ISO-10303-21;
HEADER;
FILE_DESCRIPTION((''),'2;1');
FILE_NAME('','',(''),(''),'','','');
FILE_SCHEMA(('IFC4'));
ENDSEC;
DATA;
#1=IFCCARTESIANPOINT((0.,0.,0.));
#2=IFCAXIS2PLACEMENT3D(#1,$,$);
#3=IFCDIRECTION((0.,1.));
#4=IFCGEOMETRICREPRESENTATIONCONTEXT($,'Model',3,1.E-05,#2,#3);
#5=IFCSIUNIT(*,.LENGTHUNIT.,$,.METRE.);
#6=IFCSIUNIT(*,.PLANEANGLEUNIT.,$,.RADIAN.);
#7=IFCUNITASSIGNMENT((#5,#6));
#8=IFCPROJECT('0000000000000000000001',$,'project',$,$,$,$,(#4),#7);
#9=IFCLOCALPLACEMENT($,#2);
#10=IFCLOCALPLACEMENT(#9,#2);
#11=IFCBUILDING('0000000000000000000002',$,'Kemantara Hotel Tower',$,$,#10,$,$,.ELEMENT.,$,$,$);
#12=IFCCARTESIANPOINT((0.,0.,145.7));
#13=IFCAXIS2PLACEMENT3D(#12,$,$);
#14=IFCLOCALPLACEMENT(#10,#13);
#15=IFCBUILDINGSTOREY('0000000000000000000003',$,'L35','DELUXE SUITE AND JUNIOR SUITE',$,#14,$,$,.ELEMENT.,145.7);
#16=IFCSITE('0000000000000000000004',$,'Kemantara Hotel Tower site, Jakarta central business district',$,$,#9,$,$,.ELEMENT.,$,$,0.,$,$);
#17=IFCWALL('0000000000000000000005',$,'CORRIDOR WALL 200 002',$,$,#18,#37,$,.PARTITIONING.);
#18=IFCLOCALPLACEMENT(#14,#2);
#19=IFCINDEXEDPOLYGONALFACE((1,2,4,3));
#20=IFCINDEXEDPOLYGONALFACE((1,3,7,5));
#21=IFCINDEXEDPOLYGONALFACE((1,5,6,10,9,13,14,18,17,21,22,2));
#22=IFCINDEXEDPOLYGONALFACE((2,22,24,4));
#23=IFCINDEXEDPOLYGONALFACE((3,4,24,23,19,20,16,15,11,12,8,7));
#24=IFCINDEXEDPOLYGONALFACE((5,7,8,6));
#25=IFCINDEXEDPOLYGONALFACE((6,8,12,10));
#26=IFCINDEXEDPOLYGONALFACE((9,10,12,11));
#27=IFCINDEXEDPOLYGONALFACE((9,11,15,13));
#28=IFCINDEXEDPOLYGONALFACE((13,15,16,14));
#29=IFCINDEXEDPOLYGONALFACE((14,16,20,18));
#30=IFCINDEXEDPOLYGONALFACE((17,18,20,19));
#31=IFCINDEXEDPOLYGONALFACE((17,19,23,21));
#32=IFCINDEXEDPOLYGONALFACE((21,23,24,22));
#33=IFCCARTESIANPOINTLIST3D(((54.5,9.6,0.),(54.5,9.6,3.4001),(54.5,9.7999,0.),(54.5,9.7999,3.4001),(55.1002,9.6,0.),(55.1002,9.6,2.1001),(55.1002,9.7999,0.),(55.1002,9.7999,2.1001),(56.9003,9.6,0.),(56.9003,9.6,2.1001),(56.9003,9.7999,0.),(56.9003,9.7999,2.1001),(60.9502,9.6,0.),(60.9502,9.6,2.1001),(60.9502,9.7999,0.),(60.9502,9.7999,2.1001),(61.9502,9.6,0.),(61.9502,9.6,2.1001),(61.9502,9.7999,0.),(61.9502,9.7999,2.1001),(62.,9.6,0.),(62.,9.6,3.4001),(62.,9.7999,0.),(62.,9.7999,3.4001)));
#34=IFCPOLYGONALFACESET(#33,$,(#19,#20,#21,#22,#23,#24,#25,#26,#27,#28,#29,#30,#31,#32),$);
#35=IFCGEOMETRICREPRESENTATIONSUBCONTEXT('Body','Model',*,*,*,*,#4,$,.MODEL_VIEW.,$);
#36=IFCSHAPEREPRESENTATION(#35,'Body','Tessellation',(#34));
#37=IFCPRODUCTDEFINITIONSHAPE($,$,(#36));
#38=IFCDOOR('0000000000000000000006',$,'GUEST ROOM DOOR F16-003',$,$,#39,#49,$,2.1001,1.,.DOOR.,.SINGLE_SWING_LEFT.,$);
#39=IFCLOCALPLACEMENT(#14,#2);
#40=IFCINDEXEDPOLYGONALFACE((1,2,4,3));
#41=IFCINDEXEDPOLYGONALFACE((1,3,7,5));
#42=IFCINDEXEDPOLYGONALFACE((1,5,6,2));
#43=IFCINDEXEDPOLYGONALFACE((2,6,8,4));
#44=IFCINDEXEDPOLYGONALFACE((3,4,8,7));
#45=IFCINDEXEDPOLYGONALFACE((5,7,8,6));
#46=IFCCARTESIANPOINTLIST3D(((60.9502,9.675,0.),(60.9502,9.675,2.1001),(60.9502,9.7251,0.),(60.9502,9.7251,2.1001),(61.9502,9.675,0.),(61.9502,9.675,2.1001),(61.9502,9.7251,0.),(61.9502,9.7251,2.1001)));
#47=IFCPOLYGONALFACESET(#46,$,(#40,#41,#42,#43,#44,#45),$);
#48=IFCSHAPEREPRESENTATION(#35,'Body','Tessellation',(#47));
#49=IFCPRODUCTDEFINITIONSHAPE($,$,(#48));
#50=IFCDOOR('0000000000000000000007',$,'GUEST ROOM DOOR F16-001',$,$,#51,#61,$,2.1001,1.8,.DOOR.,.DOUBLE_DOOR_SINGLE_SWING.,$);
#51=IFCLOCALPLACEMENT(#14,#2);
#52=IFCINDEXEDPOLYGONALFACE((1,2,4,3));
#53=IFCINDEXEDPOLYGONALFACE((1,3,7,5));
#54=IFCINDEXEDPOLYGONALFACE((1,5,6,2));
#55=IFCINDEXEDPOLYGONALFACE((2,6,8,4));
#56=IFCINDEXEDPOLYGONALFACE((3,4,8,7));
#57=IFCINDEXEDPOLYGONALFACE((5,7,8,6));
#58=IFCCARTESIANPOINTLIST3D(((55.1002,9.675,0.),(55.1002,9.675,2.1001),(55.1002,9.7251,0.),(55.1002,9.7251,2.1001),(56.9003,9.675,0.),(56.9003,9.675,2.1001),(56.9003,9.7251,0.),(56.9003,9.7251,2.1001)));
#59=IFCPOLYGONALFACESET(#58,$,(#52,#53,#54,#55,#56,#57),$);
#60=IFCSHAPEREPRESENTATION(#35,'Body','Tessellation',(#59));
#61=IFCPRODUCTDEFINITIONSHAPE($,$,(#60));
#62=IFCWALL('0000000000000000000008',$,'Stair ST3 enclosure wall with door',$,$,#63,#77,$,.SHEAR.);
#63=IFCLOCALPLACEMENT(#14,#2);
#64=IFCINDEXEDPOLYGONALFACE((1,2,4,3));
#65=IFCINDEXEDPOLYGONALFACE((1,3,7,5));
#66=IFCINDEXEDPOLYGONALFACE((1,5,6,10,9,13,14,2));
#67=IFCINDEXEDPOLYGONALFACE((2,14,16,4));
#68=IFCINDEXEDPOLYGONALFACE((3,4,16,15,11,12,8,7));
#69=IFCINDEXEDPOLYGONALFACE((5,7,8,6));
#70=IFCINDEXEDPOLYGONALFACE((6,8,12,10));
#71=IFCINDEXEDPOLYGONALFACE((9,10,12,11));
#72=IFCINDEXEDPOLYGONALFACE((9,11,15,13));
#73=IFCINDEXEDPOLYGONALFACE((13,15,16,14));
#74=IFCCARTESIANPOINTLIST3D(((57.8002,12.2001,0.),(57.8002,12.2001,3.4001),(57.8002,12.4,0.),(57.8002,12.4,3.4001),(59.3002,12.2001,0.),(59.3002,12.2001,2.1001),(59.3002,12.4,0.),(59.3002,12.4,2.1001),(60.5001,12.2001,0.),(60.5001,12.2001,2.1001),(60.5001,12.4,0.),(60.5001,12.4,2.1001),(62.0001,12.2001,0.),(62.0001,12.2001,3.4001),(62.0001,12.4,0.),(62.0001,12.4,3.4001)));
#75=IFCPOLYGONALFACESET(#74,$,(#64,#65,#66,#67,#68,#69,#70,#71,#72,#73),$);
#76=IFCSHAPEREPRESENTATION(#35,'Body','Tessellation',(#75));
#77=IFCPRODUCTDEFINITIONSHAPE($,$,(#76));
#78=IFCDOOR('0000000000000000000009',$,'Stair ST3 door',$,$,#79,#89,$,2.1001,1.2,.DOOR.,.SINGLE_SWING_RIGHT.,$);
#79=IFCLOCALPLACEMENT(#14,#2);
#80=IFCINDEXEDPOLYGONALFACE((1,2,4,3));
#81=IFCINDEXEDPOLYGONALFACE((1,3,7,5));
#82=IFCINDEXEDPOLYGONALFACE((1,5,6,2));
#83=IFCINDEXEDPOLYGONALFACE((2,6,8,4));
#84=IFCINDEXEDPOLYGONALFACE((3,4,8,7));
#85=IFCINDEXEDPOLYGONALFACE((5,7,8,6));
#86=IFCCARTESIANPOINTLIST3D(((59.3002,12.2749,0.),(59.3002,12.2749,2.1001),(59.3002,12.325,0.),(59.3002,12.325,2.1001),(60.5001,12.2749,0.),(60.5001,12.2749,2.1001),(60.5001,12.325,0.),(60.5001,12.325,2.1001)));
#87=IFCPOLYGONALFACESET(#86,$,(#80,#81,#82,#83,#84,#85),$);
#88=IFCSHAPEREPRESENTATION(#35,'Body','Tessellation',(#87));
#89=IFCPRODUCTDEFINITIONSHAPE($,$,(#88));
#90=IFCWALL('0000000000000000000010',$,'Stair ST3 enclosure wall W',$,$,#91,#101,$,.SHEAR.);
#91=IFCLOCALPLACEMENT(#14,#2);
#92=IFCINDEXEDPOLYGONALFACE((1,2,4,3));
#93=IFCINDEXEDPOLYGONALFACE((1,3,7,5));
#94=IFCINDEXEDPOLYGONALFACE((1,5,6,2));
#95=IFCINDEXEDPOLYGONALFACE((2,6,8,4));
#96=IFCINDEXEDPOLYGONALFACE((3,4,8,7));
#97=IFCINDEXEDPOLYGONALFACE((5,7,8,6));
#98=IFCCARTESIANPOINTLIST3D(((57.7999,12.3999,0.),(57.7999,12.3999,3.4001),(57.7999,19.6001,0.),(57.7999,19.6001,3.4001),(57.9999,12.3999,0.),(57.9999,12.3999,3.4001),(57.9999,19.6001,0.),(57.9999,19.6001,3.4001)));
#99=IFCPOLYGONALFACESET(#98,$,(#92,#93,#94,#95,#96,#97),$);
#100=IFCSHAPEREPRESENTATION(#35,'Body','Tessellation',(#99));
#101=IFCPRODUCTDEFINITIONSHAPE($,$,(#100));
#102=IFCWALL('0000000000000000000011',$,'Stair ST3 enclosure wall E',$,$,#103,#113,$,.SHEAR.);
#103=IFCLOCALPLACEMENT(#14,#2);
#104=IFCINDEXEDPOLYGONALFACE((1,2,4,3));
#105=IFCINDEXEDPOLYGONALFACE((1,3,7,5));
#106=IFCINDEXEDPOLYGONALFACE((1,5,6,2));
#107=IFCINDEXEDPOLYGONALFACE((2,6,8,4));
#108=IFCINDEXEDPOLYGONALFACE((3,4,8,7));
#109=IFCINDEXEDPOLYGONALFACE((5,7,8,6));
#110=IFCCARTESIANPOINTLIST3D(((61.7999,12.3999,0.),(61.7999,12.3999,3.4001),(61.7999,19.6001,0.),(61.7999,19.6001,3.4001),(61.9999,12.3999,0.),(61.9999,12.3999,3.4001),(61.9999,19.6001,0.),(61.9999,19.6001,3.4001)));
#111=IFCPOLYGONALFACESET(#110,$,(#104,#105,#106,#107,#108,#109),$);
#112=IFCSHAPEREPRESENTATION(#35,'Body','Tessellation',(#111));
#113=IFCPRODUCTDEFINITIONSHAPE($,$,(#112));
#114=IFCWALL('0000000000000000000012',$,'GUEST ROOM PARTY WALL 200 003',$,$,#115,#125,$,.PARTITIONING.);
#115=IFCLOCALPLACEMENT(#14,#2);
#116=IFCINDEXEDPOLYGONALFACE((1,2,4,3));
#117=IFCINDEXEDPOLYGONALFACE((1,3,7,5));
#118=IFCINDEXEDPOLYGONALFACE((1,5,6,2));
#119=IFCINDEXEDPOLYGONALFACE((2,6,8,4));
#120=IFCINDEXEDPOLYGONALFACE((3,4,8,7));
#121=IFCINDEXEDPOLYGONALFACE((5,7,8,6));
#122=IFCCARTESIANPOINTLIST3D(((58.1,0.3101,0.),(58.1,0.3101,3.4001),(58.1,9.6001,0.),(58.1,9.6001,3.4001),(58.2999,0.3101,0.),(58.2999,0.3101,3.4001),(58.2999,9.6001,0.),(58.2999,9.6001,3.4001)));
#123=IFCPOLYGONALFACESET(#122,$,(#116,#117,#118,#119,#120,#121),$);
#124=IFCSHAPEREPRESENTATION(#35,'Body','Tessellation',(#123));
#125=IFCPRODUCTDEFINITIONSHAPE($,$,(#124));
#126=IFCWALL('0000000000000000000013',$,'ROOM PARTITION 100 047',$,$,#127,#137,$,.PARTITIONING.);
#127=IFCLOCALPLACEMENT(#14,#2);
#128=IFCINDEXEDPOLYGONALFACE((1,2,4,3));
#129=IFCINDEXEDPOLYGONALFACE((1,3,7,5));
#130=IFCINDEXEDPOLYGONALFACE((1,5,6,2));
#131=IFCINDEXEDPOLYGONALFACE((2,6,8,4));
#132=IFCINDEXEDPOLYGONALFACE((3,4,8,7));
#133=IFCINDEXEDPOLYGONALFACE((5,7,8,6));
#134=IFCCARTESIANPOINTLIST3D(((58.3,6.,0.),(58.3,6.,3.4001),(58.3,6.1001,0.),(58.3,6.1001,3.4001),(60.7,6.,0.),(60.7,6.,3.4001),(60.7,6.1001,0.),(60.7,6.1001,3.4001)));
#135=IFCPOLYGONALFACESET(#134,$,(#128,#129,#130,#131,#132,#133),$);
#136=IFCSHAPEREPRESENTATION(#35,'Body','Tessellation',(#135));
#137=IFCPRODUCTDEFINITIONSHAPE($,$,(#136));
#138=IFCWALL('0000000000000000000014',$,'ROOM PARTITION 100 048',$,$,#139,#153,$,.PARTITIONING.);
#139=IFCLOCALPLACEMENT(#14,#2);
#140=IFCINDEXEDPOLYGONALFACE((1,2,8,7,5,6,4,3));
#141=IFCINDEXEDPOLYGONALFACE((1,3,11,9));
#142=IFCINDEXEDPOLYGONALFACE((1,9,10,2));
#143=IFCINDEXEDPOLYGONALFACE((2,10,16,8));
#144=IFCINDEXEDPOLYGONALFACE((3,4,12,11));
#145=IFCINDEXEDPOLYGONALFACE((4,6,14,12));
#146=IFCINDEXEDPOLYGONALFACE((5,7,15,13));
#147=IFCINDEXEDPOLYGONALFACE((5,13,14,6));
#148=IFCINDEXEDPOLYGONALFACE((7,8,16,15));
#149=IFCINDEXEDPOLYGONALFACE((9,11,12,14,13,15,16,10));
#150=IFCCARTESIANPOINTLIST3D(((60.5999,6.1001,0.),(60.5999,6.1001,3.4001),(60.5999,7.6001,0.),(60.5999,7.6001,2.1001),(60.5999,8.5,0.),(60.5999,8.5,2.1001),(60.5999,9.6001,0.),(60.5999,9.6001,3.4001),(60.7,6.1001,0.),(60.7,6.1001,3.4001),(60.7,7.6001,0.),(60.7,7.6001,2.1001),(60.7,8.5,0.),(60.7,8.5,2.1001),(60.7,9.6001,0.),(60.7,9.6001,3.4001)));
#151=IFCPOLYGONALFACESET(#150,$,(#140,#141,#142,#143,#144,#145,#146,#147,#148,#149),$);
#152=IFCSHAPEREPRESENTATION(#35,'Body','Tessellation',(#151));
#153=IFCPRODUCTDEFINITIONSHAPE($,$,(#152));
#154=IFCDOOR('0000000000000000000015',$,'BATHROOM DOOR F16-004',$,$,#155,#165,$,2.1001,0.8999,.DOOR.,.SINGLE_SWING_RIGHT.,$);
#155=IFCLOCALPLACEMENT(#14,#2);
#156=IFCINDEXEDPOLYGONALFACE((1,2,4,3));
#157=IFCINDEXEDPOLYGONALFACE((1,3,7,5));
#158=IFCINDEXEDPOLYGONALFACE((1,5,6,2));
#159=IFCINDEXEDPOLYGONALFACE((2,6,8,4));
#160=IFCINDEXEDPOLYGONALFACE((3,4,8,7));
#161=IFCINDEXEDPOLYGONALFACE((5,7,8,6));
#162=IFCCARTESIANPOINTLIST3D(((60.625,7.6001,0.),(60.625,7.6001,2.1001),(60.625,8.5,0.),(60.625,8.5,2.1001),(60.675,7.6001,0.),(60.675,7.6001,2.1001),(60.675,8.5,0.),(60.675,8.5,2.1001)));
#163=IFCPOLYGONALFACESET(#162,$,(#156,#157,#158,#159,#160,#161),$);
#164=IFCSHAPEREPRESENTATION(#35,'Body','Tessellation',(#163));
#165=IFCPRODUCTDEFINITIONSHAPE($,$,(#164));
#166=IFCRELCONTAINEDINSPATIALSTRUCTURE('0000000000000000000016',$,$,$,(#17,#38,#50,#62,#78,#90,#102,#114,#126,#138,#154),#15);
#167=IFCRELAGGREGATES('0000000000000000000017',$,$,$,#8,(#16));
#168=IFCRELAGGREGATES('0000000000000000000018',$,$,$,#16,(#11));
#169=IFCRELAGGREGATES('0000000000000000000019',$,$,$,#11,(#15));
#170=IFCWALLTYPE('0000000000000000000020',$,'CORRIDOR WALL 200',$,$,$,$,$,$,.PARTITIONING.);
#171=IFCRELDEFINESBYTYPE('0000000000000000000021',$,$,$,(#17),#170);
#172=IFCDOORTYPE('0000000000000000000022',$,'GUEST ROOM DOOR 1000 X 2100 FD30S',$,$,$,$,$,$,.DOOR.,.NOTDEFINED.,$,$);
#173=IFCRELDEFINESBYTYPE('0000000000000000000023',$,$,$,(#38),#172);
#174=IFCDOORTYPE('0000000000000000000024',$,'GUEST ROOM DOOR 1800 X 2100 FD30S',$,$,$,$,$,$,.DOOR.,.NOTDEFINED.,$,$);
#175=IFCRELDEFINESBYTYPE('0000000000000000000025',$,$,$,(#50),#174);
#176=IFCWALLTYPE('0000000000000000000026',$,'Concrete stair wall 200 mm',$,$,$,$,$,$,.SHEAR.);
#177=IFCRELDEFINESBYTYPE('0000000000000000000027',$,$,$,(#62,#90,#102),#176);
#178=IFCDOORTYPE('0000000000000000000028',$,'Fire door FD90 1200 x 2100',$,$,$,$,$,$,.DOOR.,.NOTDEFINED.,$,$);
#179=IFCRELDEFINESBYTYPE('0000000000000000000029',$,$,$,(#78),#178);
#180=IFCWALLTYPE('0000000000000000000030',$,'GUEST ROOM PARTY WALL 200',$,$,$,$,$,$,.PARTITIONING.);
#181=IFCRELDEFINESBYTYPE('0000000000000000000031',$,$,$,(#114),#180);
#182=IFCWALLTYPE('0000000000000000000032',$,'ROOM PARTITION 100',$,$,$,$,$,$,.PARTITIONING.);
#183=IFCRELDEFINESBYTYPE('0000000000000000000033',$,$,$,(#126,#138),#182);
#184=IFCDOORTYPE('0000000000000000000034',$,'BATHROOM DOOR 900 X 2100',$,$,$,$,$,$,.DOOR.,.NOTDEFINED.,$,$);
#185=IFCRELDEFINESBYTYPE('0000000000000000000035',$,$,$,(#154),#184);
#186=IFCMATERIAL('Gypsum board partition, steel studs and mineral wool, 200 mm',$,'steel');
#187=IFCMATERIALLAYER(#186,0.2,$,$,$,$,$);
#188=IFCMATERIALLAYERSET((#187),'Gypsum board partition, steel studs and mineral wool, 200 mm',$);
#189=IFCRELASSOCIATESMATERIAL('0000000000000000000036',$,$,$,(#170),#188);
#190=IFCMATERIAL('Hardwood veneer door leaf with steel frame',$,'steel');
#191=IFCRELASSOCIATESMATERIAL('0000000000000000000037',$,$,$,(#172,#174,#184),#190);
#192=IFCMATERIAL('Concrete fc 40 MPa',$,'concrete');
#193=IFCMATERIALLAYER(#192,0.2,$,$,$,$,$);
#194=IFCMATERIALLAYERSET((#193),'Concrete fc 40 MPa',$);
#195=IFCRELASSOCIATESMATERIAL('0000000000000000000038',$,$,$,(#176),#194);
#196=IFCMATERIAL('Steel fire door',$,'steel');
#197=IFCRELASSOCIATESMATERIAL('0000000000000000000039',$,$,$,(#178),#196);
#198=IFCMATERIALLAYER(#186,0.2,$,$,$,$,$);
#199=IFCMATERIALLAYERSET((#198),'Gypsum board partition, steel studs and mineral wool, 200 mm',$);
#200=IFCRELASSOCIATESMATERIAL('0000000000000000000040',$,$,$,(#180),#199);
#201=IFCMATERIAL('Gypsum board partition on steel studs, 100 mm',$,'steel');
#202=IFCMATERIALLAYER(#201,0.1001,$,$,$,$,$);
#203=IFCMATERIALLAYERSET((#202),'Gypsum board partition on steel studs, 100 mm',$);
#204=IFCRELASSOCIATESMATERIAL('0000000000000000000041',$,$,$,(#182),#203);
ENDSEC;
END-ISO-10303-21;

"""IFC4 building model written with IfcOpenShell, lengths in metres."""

from ifc_helpers import new_model, si_unit, direction, frame, frame_2d, origin, place, context, subcontext, project, spatial, rectangle, extrude, material, layer, layer_set, type_object, element, fill, save


model = new_model("IFC4")

# Units and contexts
model_context = context("Model", 3, precision=1e-05, world=origin(), true_north=direction((0.0, 1.0)))
body_context = subcontext(model_context, "Body", "Model", "MODEL_VIEW")
ifc_project = project(units=[si_unit("LENGTHUNIT", "METRE"), si_unit("PLANEANGLEUNIT", "RADIAN")], contexts=[model_context])

# Site, building, storey
site_placement = place(None, origin())
site = spatial("IfcSite", under=ifc_project, at=site_placement, Name="Kemantara Hotel Tower site, Jakarta central business district", CompositionType="ELEMENT", RefElevation=0.0)
building_placement = place(site_placement, origin())
building = spatial("IfcBuilding", under=site, at=building_placement, Name="Kemantara Hotel Tower", CompositionType="ELEMENT")
storey_placement = place(building_placement, frame((0.0, 0.0, 145.7)))
storey = spatial("IfcBuildingStorey", under=building, at=storey_placement, Name="L35", Description="DELUXE SUITE AND JUNIOR SUITE", CompositionType="ELEMENT", Elevation=145.7)

# Wall, openings, doors
ifc_material_1 = material(Name="Gypsum board partition, steel studs and mineral wool, 200 mm", Category="steel")
ifc_layer_1 = layer(ifc_material_1, 0.2)
ifc_layer_set_1 = layer_set([ifc_layer_1], Name="Gypsum board partition, steel studs and mineral wool, 200 mm")
wall_type_1 = type_object("IfcWallType", Name="CORRIDOR WALL 200", PredefinedType="PARTITIONING", material=ifc_layer_set_1)
wall_1_placement = place(storey_placement, frame((62.0, 9.7, 0.0), z_axis=(0.0, 0.0, 1.0), x_axis=(-1.0, 0.0, 0.0)))
wall_1 = element("IfcWall", 1, at=wall_1_placement, inside=storey, type_object=wall_type_1, Name="CORRIDOR WALL 200 002", PredefinedType="PARTITIONING", context=body_context, shape_type="SweptSolid", body=[
    extrude(rectangle(XDim=7.5, YDim=0.2, at=frame_2d((3.75, 0.0))), origin(), (0.0, 0.0, 1.0), 3.4001),
])
opening_1_placement = place(wall_1_placement, frame((5.0999, 0.0, 0.0)))
opening_1 = element("IfcOpeningElement", 2, at=opening_1_placement, cuts=wall_1, PredefinedType="OPENING", context=body_context, shape_type="SweptSolid", body=[
    extrude(rectangle(XDim=1.8, YDim=2.1001, at=frame_2d((0.8999, 1.05))), frame((0.0, 0.1099, 0.0), z_axis=(0.0, -1.0, 0.0), x_axis=(1.0, 0.0, 0.0)), (0.0, 0.0, 1.0), 0.22),
])
opening_2_placement = place(wall_1_placement, frame((0.0498, 0.0, 0.0)))
opening_2 = element("IfcOpeningElement", 3, at=opening_2_placement, cuts=wall_1, PredefinedType="OPENING", context=body_context, shape_type="SweptSolid", body=[
    extrude(rectangle(XDim=1.0, YDim=2.1001, at=frame_2d((0.5, 1.05))), frame((0.0, 0.1099, 0.0), z_axis=(0.0, -1.0, 0.0), x_axis=(1.0, 0.0, 0.0)), (0.0, 0.0, 1.0), 0.22),
])
ifc_material_2 = material(Name="Hardwood veneer door leaf with steel frame", Category="steel")
door_type_1 = type_object("IfcDoorType", Name="GUEST ROOM DOOR 1000 X 2100 FD30S", OperationType="NOTDEFINED", PredefinedType="DOOR", material=ifc_material_2)
door_1_placement = place(opening_2_placement, origin())
door_1 = element("IfcDoor", 4, at=door_1_placement, inside=storey, type_object=door_type_1, Name="GUEST ROOM DOOR F16-003", OperationType="SINGLE_SWING_LEFT", OverallHeight=2.1001, OverallWidth=1.0, PredefinedType="DOOR", context=body_context, shape_type="SweptSolid", body=[
    extrude(rectangle(XDim=1.0, YDim=2.1001, at=frame_2d((0.5, 1.05))), frame((0.0, 0.0249, 0.0), z_axis=(0.0, -1.0, 0.0), x_axis=(1.0, 0.0, 0.0)), (0.0, 0.0, 1.0), 0.05),
])
fill(opening_2, door_1)
door_type_2 = type_object("IfcDoorType", Name="GUEST ROOM DOOR 1800 X 2100 FD30S", OperationType="NOTDEFINED", PredefinedType="DOOR", material=ifc_material_2)
door_2_placement = place(opening_1_placement, origin())
door_2 = element("IfcDoor", 5, at=door_2_placement, inside=storey, type_object=door_type_2, Name="GUEST ROOM DOOR F16-001", OperationType="DOUBLE_DOOR_SINGLE_SWING", OverallHeight=2.1001, OverallWidth=1.8, PredefinedType="DOOR", context=body_context, shape_type="SweptSolid", body=[
    extrude(rectangle(XDim=1.8, YDim=2.1001, at=frame_2d((0.8999, 1.05))), frame((0.0, 0.0249, 0.0), z_axis=(0.0, -1.0, 0.0), x_axis=(1.0, 0.0, 0.0)), (0.0, 0.0, 1.0), 0.05),
])
fill(opening_1, door_2)

# Wall, opening, door
ifc_material_3 = material(Name="Concrete fc 40 MPa", Category="concrete")
ifc_layer_2 = layer(ifc_material_3, 0.2)
ifc_layer_set_2 = layer_set([ifc_layer_2], Name="Concrete fc 40 MPa")
wall_type_2 = type_object("IfcWallType", Name="Concrete stair wall 200 mm", PredefinedType="SHEAR", material=ifc_layer_set_2)
wall_2_placement = place(storey_placement, frame((57.8, 12.3, 0.0), z_axis=(0.0, 0.0, 1.0), x_axis=(1.0, 0.0, 0.0)))
wall_2 = element("IfcWall", 6, at=wall_2_placement, inside=storey, type_object=wall_type_2, Name="Stair ST3 enclosure wall with door", PredefinedType="SHEAR", context=body_context, shape_type="SweptSolid", body=[
    extrude(rectangle(XDim=4.2, YDim=0.2, at=frame_2d((2.1001, 0.0))), origin(), (0.0, 0.0, 1.0), 3.4001),
])
opening_3_placement = place(wall_2_placement, frame((1.5, 0.0, 0.0)))
opening_3 = element("IfcOpeningElement", 7, at=opening_3_placement, cuts=wall_2, PredefinedType="OPENING", context=body_context, shape_type="SweptSolid", body=[
    extrude(rectangle(XDim=1.2, YDim=2.1001, at=frame_2d((0.6001, 1.05))), frame((0.0, 0.1099, 0.0), z_axis=(0.0, -1.0, 0.0), x_axis=(1.0, 0.0, 0.0)), (0.0, 0.0, 1.0), 0.22),
])
ifc_material_4 = material(Name="Steel fire door", Category="steel")
door_type_3 = type_object("IfcDoorType", Name="Fire door FD90 1200 x 2100", OperationType="NOTDEFINED", PredefinedType="DOOR", material=ifc_material_4)
door_3_placement = place(opening_3_placement, origin())
door_3 = element("IfcDoor", 8, at=door_3_placement, inside=storey, type_object=door_type_3, Name="Stair ST3 door", OperationType="SINGLE_SWING_RIGHT", OverallHeight=2.1001, OverallWidth=1.2, PredefinedType="DOOR", context=body_context, shape_type="SweptSolid", body=[
    extrude(rectangle(XDim=1.2, YDim=2.1001, at=frame_2d((0.6001, 1.05))), frame((0.0, 0.0249, 0.0), z_axis=(0.0, -1.0, 0.0), x_axis=(1.0, 0.0, 0.0)), (0.0, 0.0, 1.0), 0.05),
])
fill(opening_3, door_3)

# Walls
for number, where, z_axis, x_axis, name in (
    (9, (57.8999, 12.3999, 0.0), (0.0, 0.0, 1.0), (0.0, 1.0, 0.0), "Stair ST3 enclosure wall W"),
    (10, (61.8999, 12.3999, 0.0), (0.0, 0.0, 1.0), (0.0, 1.0, 0.0), "Stair ST3 enclosure wall E"),
):
    element("IfcWall", number, at=place(storey_placement, frame(where, z_axis=z_axis, x_axis=x_axis)), inside=storey, type_object=wall_type_2, Name=name, PredefinedType="SHEAR", context=body_context, shape_type="SweptSolid", body=[
        extrude(rectangle(XDim=7.2002, YDim=0.2, at=frame_2d((3.6001, 0.0))), origin(), (0.0, 0.0, 1.0), 3.4001),
    ])
ifc_layer_3 = layer(ifc_material_1, 0.2)
ifc_layer_set_3 = layer_set([ifc_layer_3], Name="Gypsum board partition, steel studs and mineral wool, 200 mm")
wall_type_3 = type_object("IfcWallType", Name="GUEST ROOM PARTY WALL 200", PredefinedType="PARTITIONING", material=ifc_layer_set_3)
wall_3_placement = place(storey_placement, frame((58.2, 0.3101, 0.0), z_axis=(0.0, 0.0, 1.0), x_axis=(0.0, 1.0, 0.0)))
element("IfcWall", 11, at=wall_3_placement, inside=storey, type_object=wall_type_3, Name="GUEST ROOM PARTY WALL 200 003", PredefinedType="PARTITIONING", context=body_context, shape_type="SweptSolid", body=[
    extrude(rectangle(XDim=9.29, YDim=0.2, at=frame_2d((4.645, 0.0))), origin(), (0.0, 0.0, 1.0), 3.4001),
])
ifc_material_5 = material(Name="Gypsum board partition on steel studs, 100 mm", Category="steel")
ifc_layer_4 = layer(ifc_material_5, 0.1001)
ifc_layer_set_4 = layer_set([ifc_layer_4], Name="Gypsum board partition on steel studs, 100 mm")
wall_type_4 = type_object("IfcWallType", Name="ROOM PARTITION 100", PredefinedType="PARTITIONING", material=ifc_layer_set_4)
wall_4_placement = place(storey_placement, frame((58.3, 6.05, 0.0), z_axis=(0.0, 0.0, 1.0), x_axis=(1.0, 0.0, 0.0)))
element("IfcWall", 12, at=wall_4_placement, inside=storey, type_object=wall_type_4, Name="ROOM PARTITION 100 047", PredefinedType="PARTITIONING", context=body_context, shape_type="SweptSolid", body=[
    extrude(rectangle(XDim=2.3999, YDim=0.1001, at=frame_2d((1.2, 0.0))), origin(), (0.0, 0.0, 1.0), 3.4001),
])

# Wall, opening, door
wall_5_placement = place(storey_placement, frame((60.6499, 6.1001, 0.0), z_axis=(0.0, 0.0, 1.0), x_axis=(0.0, 1.0, 0.0)))
wall_5 = element("IfcWall", 13, at=wall_5_placement, inside=storey, type_object=wall_type_4, Name="ROOM PARTITION 100 048", PredefinedType="PARTITIONING", context=body_context, shape_type="SweptSolid", body=[
    extrude(rectangle(XDim=3.5, YDim=0.1001, at=frame_2d((1.75, 0.0))), origin(), (0.0, 0.0, 1.0), 3.4001),
])
opening_4_placement = place(wall_5_placement, frame((1.5, 0.0, 0.0)))
opening_4 = element("IfcOpeningElement", 14, at=opening_4_placement, cuts=wall_5, PredefinedType="OPENING", context=body_context, shape_type="SweptSolid", body=[
    extrude(rectangle(XDim=0.8999, YDim=2.1001, at=frame_2d((0.45, 1.05))), frame((0.0, 0.0601, 0.0), z_axis=(0.0, -1.0, 0.0), x_axis=(1.0, 0.0, 0.0)), (0.0, 0.0, 1.0), 0.1201),
])
door_type_4 = type_object("IfcDoorType", Name="BATHROOM DOOR 900 X 2100", OperationType="NOTDEFINED", PredefinedType="DOOR", material=ifc_material_2)
door_4_placement = place(opening_4_placement, origin())
door_4 = element("IfcDoor", 15, at=door_4_placement, inside=storey, type_object=door_type_4, Name="BATHROOM DOOR F16-004", OperationType="SINGLE_SWING_RIGHT", OverallHeight=2.1001, OverallWidth=0.8999, PredefinedType="DOOR", context=body_context, shape_type="SweptSolid", body=[
    extrude(rectangle(XDim=0.8999, YDim=2.1001, at=frame_2d((0.45, 1.05))), frame((0.0, 0.0249, 0.0), z_axis=(0.0, -1.0, 0.0), x_axis=(1.0, 0.0, 0.0)), (0.0, 0.0, 1.0), 0.05),
])
fill(opening_4, door_4)

save(model, "model.ifc")
